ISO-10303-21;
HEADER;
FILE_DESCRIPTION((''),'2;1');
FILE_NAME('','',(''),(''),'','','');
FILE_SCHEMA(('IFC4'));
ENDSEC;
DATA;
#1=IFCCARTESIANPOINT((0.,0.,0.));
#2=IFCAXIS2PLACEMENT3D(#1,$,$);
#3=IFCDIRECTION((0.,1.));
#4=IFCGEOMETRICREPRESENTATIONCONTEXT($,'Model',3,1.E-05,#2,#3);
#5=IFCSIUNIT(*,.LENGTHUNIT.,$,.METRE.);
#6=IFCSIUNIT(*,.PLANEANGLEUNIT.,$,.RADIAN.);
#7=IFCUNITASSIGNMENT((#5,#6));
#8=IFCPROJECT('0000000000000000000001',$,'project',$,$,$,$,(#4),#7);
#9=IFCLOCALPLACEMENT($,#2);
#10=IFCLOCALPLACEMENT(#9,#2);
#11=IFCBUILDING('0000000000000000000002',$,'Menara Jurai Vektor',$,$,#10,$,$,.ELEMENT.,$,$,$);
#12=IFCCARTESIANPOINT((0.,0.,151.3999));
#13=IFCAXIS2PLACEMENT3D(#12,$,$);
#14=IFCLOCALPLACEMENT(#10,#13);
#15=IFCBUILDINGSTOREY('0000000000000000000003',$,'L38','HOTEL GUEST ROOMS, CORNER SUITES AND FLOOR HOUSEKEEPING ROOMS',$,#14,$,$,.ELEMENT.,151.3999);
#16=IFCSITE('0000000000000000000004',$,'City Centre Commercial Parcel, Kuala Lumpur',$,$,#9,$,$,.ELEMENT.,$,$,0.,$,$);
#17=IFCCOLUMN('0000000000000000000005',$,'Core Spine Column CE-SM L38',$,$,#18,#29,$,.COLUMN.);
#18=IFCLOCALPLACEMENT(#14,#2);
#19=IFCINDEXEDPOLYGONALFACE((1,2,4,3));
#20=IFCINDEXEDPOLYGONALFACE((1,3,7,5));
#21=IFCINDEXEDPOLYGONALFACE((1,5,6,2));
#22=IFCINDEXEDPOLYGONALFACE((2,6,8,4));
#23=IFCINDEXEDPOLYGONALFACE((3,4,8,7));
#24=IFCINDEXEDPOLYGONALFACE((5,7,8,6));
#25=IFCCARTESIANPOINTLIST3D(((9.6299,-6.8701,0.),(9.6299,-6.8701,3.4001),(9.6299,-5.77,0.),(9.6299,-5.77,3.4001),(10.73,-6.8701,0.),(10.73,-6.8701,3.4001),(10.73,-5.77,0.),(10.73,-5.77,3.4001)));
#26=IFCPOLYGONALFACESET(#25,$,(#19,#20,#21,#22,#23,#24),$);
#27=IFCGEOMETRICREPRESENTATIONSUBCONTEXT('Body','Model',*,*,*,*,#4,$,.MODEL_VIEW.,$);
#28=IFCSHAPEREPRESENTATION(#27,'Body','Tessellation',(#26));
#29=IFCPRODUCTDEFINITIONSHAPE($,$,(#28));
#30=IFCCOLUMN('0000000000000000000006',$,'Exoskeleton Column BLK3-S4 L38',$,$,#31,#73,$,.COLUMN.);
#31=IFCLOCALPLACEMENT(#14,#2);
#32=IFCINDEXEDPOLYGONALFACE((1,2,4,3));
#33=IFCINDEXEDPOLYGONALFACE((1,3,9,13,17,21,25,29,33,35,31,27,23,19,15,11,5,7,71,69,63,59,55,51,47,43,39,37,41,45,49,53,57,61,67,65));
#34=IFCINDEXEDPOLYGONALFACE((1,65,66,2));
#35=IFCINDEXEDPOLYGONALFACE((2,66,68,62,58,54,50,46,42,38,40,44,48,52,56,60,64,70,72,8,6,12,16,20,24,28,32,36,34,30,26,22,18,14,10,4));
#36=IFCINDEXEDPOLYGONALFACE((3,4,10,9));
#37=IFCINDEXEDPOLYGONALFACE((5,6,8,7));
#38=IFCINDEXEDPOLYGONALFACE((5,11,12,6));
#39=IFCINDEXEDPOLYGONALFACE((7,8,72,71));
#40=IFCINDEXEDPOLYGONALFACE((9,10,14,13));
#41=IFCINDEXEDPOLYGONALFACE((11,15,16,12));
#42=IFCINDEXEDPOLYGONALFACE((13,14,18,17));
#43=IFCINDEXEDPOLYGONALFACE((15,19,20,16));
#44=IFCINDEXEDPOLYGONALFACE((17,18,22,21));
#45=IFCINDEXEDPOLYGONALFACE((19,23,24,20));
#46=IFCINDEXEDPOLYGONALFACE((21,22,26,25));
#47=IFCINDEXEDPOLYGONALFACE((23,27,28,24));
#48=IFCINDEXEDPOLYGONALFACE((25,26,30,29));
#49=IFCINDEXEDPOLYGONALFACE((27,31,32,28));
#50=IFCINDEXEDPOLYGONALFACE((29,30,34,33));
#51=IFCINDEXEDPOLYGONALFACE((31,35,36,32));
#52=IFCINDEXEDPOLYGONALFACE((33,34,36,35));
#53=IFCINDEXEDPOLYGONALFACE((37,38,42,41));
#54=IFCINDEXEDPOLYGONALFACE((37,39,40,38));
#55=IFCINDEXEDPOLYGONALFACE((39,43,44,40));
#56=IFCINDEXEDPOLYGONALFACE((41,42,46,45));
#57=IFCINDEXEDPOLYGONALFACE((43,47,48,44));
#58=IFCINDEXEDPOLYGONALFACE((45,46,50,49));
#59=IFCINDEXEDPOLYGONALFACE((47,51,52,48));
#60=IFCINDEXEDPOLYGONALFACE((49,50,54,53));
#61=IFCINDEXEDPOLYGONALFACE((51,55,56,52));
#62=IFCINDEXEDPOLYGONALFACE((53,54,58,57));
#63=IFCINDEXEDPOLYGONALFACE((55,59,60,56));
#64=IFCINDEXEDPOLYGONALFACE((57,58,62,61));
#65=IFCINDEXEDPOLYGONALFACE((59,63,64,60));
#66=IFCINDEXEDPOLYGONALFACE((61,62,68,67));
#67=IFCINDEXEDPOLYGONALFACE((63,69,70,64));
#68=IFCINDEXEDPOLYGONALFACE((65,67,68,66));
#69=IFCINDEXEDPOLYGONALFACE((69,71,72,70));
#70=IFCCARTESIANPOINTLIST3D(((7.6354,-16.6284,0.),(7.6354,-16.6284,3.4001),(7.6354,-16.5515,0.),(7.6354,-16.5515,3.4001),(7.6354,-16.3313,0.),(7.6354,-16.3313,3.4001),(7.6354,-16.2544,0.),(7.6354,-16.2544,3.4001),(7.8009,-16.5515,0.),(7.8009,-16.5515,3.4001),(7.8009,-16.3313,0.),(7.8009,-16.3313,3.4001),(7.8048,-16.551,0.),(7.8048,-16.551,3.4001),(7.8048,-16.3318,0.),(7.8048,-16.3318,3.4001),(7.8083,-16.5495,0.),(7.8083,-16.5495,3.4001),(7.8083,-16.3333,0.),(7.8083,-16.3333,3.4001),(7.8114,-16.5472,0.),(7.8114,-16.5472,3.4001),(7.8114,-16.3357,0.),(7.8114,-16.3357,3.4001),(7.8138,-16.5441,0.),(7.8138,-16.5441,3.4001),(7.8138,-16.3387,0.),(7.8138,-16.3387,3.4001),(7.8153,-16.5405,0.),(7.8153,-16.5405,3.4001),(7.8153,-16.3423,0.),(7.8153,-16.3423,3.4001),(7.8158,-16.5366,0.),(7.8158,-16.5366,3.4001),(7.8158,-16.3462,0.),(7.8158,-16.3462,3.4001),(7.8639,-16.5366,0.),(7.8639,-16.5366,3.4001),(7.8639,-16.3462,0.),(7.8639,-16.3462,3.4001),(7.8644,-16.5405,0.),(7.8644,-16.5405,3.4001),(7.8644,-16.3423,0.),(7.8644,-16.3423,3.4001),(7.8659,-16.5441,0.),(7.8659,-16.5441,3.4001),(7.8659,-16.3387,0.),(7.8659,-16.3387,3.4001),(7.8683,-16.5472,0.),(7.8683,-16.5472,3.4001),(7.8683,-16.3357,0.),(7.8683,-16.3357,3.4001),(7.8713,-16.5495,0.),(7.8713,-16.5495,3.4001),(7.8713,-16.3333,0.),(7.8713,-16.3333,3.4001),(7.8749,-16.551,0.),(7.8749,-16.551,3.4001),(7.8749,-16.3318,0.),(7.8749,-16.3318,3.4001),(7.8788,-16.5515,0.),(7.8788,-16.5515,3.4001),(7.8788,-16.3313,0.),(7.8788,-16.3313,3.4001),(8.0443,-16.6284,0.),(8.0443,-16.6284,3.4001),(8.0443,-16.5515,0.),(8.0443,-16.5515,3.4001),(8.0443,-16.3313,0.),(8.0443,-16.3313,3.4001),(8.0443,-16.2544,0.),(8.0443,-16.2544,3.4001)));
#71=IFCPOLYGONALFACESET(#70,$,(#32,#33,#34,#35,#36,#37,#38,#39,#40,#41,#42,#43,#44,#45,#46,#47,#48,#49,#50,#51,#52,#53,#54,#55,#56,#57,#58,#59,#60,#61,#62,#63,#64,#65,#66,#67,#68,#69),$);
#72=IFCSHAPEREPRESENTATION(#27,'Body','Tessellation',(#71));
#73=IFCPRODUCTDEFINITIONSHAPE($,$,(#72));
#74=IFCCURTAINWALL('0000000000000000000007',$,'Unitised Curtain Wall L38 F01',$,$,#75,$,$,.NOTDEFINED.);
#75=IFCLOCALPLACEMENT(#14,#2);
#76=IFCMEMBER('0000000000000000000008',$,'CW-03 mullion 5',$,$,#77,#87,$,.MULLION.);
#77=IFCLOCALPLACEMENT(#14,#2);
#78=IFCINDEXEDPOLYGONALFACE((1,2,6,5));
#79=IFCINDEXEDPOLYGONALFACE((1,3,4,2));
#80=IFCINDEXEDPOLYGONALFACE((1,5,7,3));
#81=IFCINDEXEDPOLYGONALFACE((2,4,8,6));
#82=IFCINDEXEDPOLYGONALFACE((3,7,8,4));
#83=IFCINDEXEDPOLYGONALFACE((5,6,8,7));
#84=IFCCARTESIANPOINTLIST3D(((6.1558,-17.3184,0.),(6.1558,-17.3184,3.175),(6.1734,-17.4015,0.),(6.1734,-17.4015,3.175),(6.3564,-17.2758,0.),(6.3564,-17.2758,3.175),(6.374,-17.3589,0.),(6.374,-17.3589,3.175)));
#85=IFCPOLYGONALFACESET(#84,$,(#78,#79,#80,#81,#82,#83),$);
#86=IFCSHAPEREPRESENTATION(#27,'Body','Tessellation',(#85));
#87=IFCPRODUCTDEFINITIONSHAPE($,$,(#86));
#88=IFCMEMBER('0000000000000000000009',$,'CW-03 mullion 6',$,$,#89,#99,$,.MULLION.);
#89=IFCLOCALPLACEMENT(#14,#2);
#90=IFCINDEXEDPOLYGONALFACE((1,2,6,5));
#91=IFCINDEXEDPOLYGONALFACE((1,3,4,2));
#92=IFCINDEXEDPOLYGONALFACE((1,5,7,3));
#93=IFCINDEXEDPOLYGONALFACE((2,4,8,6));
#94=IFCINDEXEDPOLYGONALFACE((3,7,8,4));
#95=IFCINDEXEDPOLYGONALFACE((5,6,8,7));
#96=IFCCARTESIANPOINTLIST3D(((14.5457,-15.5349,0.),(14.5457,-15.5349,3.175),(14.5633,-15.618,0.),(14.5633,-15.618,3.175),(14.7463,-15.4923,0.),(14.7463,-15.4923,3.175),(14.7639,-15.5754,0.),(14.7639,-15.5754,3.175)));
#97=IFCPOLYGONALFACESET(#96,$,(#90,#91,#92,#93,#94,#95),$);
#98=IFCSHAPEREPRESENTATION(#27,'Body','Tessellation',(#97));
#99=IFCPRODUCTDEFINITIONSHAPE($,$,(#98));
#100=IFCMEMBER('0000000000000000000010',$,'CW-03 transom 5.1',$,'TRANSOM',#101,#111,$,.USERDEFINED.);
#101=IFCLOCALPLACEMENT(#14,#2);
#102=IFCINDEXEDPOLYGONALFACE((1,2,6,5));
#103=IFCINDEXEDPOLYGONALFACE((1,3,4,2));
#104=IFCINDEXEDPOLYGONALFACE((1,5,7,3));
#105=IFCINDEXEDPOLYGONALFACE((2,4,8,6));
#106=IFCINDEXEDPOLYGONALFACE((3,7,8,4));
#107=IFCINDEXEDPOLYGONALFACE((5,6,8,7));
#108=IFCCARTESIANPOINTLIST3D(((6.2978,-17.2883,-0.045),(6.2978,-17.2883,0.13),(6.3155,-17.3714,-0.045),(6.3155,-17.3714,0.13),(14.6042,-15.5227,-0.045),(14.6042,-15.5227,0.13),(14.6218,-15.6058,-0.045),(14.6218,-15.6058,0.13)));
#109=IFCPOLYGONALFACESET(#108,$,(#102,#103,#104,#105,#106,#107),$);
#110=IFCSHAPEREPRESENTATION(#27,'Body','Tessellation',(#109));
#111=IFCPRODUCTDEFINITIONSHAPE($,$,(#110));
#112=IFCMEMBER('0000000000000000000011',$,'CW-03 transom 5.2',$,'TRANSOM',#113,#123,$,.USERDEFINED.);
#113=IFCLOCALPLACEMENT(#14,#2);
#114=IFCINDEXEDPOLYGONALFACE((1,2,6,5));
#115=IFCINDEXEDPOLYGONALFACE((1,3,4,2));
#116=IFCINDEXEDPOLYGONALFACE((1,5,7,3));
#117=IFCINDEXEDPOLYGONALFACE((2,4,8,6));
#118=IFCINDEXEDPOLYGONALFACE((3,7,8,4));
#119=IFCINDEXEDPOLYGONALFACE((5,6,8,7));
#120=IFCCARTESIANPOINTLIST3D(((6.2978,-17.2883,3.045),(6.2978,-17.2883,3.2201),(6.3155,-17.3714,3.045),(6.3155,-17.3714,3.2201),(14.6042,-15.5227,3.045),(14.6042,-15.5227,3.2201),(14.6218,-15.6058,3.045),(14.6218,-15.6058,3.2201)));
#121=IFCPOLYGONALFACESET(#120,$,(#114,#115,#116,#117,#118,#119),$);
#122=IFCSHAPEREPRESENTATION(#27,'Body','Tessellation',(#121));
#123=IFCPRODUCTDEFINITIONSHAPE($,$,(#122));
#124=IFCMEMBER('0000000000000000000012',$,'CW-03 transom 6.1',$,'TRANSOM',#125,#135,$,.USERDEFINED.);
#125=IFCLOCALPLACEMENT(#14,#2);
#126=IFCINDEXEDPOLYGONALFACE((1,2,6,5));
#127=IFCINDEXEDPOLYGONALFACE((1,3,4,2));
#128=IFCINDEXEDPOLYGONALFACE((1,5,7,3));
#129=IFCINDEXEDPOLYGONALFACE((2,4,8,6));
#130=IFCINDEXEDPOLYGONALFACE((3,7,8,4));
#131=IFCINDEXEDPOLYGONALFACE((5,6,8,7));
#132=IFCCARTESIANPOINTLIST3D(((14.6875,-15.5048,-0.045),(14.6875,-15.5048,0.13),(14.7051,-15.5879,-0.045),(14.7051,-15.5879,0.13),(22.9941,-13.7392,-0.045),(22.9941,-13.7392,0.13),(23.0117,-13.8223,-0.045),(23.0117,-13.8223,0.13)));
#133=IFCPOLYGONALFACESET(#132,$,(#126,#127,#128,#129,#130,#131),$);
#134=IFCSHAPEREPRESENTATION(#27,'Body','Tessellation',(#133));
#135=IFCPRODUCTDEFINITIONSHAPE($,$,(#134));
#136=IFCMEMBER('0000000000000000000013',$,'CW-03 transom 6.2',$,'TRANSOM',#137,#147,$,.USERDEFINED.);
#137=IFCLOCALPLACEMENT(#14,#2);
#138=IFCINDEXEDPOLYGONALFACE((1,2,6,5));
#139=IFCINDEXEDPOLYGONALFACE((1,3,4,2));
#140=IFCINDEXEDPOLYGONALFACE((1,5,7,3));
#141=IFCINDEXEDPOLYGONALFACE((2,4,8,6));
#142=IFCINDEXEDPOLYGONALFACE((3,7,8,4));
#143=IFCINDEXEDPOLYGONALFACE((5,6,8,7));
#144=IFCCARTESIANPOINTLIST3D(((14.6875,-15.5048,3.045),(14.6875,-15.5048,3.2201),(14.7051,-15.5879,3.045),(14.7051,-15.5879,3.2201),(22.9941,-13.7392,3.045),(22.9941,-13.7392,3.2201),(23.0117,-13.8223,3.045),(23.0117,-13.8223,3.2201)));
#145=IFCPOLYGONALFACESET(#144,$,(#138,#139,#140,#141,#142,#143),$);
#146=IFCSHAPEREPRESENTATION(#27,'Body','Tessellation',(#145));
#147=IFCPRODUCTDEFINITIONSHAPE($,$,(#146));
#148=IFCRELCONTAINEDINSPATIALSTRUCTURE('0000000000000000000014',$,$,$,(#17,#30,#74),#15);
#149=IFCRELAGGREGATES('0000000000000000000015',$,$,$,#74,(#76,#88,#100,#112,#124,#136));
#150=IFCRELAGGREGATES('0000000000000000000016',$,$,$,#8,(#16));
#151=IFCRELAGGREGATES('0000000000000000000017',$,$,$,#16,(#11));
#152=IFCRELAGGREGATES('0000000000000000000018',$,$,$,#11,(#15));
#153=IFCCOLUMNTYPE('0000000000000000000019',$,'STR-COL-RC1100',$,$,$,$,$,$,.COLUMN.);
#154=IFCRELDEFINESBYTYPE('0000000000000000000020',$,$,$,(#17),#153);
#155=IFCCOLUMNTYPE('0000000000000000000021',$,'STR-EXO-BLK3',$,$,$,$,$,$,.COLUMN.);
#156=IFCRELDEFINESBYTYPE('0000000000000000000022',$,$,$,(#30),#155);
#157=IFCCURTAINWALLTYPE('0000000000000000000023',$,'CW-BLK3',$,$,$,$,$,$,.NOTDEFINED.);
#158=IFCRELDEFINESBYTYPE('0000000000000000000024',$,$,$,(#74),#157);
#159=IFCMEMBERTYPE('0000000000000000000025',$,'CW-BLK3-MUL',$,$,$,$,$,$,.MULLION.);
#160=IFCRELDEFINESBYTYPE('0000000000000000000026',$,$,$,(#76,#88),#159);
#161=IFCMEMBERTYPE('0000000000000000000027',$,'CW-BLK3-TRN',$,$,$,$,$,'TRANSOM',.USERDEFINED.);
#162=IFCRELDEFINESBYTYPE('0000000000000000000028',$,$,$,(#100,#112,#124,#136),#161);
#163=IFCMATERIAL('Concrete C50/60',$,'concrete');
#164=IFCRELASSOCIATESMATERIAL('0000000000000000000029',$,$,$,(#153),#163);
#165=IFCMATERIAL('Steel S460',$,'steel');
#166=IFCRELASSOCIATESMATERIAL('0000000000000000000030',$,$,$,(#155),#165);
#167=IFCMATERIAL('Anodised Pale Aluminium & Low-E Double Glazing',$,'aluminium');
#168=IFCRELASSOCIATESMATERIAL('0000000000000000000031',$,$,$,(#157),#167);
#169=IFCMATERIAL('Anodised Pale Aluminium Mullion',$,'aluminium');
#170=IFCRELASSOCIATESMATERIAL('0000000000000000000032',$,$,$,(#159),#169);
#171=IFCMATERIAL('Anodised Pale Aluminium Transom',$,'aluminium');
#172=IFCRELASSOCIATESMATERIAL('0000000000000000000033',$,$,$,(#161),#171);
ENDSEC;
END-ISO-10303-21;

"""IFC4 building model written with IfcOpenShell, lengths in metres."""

from ifc_helpers import new_model, si_unit, direction, frame, origin, origin_2d, place, context, subcontext, project, spatial, rectangle, i_section, extrude, material, material_profile, profile_set, type_object, element, aggregate, save


model = new_model("IFC4")

# Units and contexts
model_context = context("Model", 3, precision=1e-05, world=origin(), true_north=direction((0.0, 1.0)))
body_context = subcontext(model_context, "Body", "Model", "MODEL_VIEW")
ifc_project = project(units=[si_unit("LENGTHUNIT", "METRE"), si_unit("PLANEANGLEUNIT", "RADIAN")], contexts=[model_context])

# Site, building, storey
site_placement = place(None, origin())
site = spatial("IfcSite", under=ifc_project, at=site_placement, Name="City Centre Commercial Parcel, Kuala Lumpur", CompositionType="ELEMENT", RefElevation=0.0)
building_placement = place(site_placement, origin())
building = spatial("IfcBuilding", under=site, at=building_placement, Name="Menara Jurai Vektor", CompositionType="ELEMENT")
storey_placement = place(building_placement, frame((0.0, 0.0, 151.3999)))
storey = spatial("IfcBuildingStorey", under=building, at=storey_placement, Name="L38", Description="HOTEL GUEST ROOMS, CORNER SUITES AND FLOOR HOUSEKEEPING ROOMS", CompositionType="ELEMENT", Elevation=151.3999)

# Columns
ifc_material_1 = material(Name="Concrete C50/60", Category="concrete")
ifc_material_profile_1 = material_profile(ifc_material_1, rectangle(XDim=1.1001, YDim=1.1001, at=origin_2d()), Name="RC 1100x1100")
ifc_profile_set_1 = profile_set([ifc_material_profile_1], Name="Concrete C50/60")
column_type_1 = type_object("IfcColumnType", Name="STR-COL-RC1100", PredefinedType="COLUMN", material=ifc_profile_set_1)
column_1_placement = place(storey_placement, frame((10.1799, -6.3201, 0.0), z_axis=(0.0, 0.0, 1.0), x_axis=(1.0, 0.0, 0.0)))
element("IfcColumn", 1, at=column_1_placement, inside=storey, type_object=column_type_1, Name="Core Spine Column CE-SM L38", PredefinedType="COLUMN", context=body_context, shape_type="SweptSolid", body=[
    extrude(rectangle(XDim=1.1001, YDim=1.1001, at=origin_2d()), origin(), (0.0, 0.0, 1.0), 3.4001),
])
ifc_material_2 = material(Name="Steel S460", Category="steel")
ifc_material_profile_2 = material_profile(ifc_material_2, i_section(OverallWidth=0.4089, OverallDepth=0.374, WebThickness=0.0481, FlangeThickness=0.0769, FilletRadius=0.0149, at=origin_2d()), Name="HD 400x634")
ifc_profile_set_2 = profile_set([ifc_material_profile_2], Name="Steel S460")
column_type_2 = type_object("IfcColumnType", Name="STR-EXO-BLK3", PredefinedType="COLUMN", material=ifc_profile_set_2)
column_2_placement = place(storey_placement, frame((7.8398, -16.4414, 0.0), z_axis=(0.0, 0.0, 1.0), x_axis=(1.0, 0.0, 0.0)))
element("IfcColumn", 2, at=column_2_placement, inside=storey, type_object=column_type_2, Name="Exoskeleton Column BLK3-S4 L38", PredefinedType="COLUMN", context=body_context, shape_type="SweptSolid", body=[
    extrude(i_section(OverallWidth=0.4089, OverallDepth=0.374, WebThickness=0.0481, FlangeThickness=0.0769, FilletRadius=0.0149, at=origin_2d()), origin(), (0.0, 0.0, 1.0), 3.4001),
])

# Curtain wall, members
ifc_material_3 = material(Name="Anodised Pale Aluminium & Low-E Double Glazing", Category="aluminium")
curtain_wall_type = type_object("IfcCurtainWallType", Name="CW-BLK3", PredefinedType="NOTDEFINED", material=ifc_material_3)
curtain_wall_placement = place(storey_placement, origin())
curtain_wall = element("IfcCurtainWall", 3, at=curtain_wall_placement, inside=storey, type_object=curtain_wall_type, Name="Unitised Curtain Wall L38 F01", PredefinedType="NOTDEFINED")
ifc_material_4 = material(Name="Anodised Pale Aluminium Mullion", Category="aluminium")
ifc_material_profile_3 = material_profile(ifc_material_4, rectangle(XDim=0.085, YDim=0.2051, at=origin_2d()), Name="ALU MUL 85x205")
ifc_profile_set_3 = profile_set([ifc_material_profile_3], Name="Anodised Pale Aluminium Mullion")
member_type_1 = type_object("IfcMemberType", Name="CW-BLK3-MUL", PredefinedType="MULLION", material=ifc_profile_set_3)
member_1_placement = place(storey_placement, frame((6.2649, -17.3386, 0.0), z_axis=(0.0, 0.0, 1.0), x_axis=(-0.207911, 0.978148, 0.0)))
member_1 = element("IfcMember", 4, at=member_1_placement, type_object=member_type_1, Name="CW-03 mullion 5", PredefinedType="MULLION", context=body_context, shape_type="SweptSolid", body=[
    extrude(rectangle(XDim=0.085, YDim=0.2051, at=origin_2d()), origin(), (0.0, 0.0, 1.0), 3.175),
])
member_2_placement = place(storey_placement, frame((14.6548, -15.5552, 0.0), z_axis=(0.0, 0.0, 1.0), x_axis=(-0.207911, 0.978148, 0.0)))
member_2 = element("IfcMember", 5, at=member_2_placement, type_object=member_type_1, Name="CW-03 mullion 6", PredefinedType="MULLION", context=body_context, shape_type="SweptSolid", body=[
    extrude(rectangle(XDim=0.085, YDim=0.2051, at=origin_2d()), origin(), (0.0, 0.0, 1.0), 3.175),
])
ifc_material_5 = material(Name="Anodised Pale Aluminium Transom", Category="aluminium")
ifc_material_profile_4 = material_profile(ifc_material_5, rectangle(XDim=0.085, YDim=0.175, at=origin_2d()), Name="ALU TRN 85x175")
ifc_profile_set_4 = profile_set([ifc_material_profile_4], Name="Anodised Pale Aluminium Transom")
member_type_2 = type_object("IfcMemberType", Name="CW-BLK3-TRN", ElementType="TRANSOM", PredefinedType="USERDEFINED", material=ifc_profile_set_4)
member_3_placement = place(storey_placement, frame((6.3066, -17.3298, 0.0425), z_axis=(0.978147, 0.207917, 0.0), x_axis=(-0.207917, 0.978147, 0.0)))
member_3 = element("IfcMember", 6, at=member_3_placement, type_object=member_type_2, Name="CW-03 transom 5.1", ObjectType="TRANSOM", PredefinedType="USERDEFINED", context=body_context, shape_type="SweptSolid", body=[
    extrude(rectangle(XDim=0.085, YDim=0.175, at=origin_2d()), origin(), (0.0, 0.0, 1.0), 8.4919),
])
member_4_placement = place(storey_placement, frame((6.3066, -17.3298, 3.1326), z_axis=(0.978147, 0.207917, 0.0), x_axis=(-0.207917, 0.978147, 0.0)))
member_4 = element("IfcMember", 7, at=member_4_placement, type_object=member_type_2, Name="CW-03 transom 5.2", ObjectType="TRANSOM", PredefinedType="USERDEFINED", context=body_context, shape_type="SweptSolid", body=[
    extrude(rectangle(XDim=0.085, YDim=0.175, at=origin_2d()), origin(), (0.0, 0.0, 1.0), 8.4919),
])
member_5_placement = place(storey_placement, frame((14.6963, -15.5464, 0.0425), z_axis=(0.978148, 0.207911, 0.0), x_axis=(-0.207911, 0.978148, 0.0)))
member_5 = element("IfcMember", 8, at=member_5_placement, type_object=member_type_2, Name="CW-03 transom 6.1", ObjectType="TRANSOM", PredefinedType="USERDEFINED", context=body_context, shape_type="SweptSolid", body=[
    extrude(rectangle(XDim=0.085, YDim=0.175, at=origin_2d()), origin(), (0.0, 0.0, 1.0), 8.4922),
])
member_6_placement = place(storey_placement, frame((14.6963, -15.5464, 3.1326), z_axis=(0.978148, 0.207911, 0.0), x_axis=(-0.207911, 0.978148, 0.0)))
member_6 = element("IfcMember", 9, at=member_6_placement, type_object=member_type_2, Name="CW-03 transom 6.2", ObjectType="TRANSOM", PredefinedType="USERDEFINED", context=body_context, shape_type="SweptSolid", body=[
    extrude(rectangle(XDim=0.085, YDim=0.175, at=origin_2d()), origin(), (0.0, 0.0, 1.0), 8.4922),
])

aggregate(curtain_wall, [member_1, member_2, member_3, member_4, member_5, member_6])

save(model, "model.ifc")
